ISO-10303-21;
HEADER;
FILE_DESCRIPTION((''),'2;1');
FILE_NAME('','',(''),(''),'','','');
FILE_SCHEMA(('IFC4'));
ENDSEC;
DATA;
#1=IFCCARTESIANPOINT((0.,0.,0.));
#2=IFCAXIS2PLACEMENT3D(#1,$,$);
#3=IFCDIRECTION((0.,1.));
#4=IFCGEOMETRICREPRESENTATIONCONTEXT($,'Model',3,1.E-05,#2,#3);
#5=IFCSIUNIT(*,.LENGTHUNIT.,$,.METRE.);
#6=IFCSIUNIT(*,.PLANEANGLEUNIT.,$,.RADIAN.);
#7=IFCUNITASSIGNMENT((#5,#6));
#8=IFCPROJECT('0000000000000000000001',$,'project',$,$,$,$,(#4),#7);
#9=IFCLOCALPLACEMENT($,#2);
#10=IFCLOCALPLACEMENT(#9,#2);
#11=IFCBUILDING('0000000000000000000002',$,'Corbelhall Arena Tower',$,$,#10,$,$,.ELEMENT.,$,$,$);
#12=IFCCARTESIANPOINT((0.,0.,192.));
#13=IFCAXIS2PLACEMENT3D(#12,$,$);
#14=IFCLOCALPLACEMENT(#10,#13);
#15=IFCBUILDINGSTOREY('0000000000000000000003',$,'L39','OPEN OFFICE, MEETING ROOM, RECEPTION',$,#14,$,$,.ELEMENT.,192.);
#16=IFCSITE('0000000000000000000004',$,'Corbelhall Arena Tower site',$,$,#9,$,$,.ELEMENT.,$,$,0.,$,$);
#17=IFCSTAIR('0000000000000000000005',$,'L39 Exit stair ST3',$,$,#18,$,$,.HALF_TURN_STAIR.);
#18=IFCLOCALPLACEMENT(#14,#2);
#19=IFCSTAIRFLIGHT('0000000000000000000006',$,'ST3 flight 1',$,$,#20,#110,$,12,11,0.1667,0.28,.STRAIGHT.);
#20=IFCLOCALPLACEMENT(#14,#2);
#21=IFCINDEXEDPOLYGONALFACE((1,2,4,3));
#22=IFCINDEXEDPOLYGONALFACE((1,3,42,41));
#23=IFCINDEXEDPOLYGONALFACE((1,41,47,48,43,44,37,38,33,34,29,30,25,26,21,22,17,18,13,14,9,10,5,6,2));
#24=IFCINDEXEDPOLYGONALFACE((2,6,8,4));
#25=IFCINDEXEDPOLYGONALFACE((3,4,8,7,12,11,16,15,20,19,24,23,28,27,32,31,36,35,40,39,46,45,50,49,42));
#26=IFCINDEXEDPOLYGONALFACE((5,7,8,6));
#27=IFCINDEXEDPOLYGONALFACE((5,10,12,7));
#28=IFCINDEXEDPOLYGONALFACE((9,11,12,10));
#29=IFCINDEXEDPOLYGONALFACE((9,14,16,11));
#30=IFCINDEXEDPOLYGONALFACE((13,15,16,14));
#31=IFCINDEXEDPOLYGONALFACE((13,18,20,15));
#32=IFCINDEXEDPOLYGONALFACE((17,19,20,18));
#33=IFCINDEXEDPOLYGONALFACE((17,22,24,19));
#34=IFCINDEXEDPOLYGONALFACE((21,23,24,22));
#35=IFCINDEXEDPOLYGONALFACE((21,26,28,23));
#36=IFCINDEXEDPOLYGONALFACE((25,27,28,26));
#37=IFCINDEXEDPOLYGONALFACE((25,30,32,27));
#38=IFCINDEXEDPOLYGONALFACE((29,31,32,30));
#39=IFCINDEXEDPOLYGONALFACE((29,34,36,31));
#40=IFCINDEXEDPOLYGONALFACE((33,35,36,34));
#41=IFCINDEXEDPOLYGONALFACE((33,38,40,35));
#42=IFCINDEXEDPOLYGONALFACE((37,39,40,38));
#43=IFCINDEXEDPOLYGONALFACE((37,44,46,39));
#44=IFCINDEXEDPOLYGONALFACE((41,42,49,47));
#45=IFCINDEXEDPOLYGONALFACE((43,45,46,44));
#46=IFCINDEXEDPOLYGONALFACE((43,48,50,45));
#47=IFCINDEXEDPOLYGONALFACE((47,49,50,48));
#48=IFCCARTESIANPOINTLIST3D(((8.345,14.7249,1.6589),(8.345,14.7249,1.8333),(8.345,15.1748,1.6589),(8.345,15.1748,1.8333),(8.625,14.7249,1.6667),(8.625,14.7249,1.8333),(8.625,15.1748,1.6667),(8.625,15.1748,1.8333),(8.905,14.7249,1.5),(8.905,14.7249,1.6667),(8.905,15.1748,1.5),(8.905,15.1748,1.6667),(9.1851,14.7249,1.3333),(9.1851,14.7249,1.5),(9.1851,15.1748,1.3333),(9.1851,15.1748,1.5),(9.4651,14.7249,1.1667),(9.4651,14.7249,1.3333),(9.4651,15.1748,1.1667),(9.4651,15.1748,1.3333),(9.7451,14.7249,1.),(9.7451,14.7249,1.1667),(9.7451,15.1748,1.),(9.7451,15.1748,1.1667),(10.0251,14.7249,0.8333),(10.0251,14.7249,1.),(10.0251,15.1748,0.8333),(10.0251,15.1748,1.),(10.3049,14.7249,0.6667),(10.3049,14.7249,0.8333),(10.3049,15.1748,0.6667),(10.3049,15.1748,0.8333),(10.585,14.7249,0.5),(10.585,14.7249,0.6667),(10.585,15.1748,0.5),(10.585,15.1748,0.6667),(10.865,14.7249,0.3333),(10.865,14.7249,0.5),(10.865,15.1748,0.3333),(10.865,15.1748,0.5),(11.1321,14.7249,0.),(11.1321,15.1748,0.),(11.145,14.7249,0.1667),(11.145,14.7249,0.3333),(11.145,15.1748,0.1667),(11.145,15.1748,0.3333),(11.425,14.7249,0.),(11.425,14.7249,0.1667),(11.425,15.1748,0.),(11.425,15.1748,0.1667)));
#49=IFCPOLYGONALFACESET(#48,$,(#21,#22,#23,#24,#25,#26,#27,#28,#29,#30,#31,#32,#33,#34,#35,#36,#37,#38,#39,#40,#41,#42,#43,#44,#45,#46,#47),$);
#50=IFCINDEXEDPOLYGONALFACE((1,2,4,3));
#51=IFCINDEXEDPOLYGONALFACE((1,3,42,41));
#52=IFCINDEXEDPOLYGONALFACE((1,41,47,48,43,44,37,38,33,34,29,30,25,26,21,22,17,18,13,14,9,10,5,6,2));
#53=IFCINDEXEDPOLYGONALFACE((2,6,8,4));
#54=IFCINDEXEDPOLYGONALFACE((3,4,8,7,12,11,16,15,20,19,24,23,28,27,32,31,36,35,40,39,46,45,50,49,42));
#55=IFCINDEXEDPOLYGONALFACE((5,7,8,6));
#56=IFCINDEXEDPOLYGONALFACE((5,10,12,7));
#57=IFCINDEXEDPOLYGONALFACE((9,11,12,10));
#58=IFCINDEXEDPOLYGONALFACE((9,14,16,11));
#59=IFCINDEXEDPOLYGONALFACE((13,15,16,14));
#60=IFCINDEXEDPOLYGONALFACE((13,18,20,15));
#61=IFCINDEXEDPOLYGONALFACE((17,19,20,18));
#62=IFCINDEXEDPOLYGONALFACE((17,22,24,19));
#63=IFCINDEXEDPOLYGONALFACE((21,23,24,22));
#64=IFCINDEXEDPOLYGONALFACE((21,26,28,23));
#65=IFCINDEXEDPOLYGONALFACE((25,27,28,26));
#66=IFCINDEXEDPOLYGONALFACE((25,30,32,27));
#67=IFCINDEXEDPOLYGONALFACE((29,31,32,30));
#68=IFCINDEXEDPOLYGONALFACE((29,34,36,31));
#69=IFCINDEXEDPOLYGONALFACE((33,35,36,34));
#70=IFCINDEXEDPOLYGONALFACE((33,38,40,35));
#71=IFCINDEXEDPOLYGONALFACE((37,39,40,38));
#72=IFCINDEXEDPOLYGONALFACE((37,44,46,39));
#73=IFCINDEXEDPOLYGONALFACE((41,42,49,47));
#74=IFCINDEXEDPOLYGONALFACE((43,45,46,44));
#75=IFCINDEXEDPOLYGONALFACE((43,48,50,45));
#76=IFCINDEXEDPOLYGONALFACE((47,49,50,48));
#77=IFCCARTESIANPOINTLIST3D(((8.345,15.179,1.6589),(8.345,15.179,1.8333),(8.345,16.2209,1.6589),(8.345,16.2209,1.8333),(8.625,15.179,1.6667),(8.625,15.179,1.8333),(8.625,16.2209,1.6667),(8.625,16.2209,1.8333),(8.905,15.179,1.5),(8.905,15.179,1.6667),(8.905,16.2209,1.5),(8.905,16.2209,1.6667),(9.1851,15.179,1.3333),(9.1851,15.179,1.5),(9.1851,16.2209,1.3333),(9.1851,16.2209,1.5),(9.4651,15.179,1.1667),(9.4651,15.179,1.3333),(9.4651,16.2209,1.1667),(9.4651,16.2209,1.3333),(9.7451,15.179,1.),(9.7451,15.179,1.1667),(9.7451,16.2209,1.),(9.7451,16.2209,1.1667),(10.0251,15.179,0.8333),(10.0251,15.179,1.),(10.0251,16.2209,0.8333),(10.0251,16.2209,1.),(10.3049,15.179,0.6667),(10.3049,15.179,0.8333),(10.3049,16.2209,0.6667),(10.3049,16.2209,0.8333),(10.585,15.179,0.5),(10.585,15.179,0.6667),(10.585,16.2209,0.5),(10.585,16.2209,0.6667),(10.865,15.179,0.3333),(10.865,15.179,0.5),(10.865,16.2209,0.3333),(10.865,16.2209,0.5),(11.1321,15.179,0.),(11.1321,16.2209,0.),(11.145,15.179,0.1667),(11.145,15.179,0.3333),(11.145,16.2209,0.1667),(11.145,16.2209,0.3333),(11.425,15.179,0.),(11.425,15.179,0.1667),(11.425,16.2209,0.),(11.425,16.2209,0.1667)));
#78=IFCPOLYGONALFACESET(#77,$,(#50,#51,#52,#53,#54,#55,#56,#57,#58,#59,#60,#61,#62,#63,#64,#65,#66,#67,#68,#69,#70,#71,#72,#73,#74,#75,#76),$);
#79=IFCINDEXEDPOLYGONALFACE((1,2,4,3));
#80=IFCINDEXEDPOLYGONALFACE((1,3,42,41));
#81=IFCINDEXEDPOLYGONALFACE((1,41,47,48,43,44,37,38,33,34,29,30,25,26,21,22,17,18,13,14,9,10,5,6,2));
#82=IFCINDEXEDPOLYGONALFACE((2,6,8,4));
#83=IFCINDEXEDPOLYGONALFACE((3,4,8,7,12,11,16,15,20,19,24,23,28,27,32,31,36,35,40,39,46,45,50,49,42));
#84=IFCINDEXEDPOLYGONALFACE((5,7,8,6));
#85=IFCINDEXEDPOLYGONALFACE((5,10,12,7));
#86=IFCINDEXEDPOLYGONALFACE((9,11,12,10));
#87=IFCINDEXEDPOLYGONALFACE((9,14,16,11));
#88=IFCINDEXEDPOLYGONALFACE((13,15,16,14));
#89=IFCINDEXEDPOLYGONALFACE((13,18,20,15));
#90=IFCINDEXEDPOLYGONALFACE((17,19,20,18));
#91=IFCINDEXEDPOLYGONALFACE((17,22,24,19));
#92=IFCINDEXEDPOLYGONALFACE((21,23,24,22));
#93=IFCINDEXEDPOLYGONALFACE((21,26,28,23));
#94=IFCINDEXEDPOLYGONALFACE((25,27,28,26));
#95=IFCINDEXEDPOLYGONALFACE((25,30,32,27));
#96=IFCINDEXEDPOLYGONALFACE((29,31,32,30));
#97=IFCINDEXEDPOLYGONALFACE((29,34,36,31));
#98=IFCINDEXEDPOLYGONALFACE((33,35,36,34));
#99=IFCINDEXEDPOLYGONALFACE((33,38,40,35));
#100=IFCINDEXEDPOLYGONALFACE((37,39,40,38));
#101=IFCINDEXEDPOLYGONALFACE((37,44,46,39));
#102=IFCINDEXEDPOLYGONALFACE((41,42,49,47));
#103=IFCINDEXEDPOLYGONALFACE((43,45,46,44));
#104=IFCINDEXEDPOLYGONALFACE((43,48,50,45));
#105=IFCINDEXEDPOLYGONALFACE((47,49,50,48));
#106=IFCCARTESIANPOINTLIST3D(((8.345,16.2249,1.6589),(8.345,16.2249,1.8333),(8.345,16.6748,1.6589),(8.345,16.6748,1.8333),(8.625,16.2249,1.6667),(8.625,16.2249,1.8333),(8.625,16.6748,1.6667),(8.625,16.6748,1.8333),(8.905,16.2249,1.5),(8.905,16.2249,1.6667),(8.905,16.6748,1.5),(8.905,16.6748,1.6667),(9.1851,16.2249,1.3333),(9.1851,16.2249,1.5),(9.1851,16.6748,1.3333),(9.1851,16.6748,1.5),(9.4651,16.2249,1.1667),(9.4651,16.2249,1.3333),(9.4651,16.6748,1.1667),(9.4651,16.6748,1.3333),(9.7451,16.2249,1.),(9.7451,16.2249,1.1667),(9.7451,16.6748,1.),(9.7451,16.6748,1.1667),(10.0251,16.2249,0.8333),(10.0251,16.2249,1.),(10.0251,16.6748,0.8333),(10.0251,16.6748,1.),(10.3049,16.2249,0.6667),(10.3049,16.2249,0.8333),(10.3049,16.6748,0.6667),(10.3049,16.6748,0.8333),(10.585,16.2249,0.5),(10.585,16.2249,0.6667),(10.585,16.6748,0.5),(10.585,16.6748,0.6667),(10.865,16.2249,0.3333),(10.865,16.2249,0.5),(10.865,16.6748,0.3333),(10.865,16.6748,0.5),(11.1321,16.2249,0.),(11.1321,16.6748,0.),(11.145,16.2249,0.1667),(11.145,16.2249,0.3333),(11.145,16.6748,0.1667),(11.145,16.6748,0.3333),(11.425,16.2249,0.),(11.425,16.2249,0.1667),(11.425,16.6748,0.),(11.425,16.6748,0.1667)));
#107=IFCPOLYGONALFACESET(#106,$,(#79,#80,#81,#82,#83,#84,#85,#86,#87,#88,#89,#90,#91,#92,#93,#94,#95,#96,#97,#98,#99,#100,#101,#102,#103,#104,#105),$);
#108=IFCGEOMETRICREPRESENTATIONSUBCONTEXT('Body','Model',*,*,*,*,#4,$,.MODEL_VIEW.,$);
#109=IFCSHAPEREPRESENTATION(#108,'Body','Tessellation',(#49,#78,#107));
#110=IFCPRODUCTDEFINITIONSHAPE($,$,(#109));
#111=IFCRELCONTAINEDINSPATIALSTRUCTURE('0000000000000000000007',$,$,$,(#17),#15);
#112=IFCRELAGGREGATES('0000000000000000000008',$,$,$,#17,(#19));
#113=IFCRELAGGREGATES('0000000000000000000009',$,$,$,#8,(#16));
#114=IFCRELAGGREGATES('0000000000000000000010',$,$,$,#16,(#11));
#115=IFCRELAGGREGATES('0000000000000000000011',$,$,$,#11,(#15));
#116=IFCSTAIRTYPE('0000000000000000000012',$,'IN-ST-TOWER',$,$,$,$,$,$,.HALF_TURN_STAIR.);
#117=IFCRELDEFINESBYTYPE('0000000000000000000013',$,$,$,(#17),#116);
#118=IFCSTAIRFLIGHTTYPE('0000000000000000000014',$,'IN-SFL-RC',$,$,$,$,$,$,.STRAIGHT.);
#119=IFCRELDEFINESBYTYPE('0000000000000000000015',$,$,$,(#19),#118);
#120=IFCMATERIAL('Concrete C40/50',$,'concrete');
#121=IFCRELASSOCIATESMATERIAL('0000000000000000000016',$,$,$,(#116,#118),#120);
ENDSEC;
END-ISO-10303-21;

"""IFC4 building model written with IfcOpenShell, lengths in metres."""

from ifc_helpers import new_model, si_unit, direction, frame, origin, place, context, subcontext, project, spatial, polyline, outline, extrude, material, type_object, element, aggregate, save


model = new_model("IFC4")

# Units and contexts
model_context = context("Model", 3, precision=1e-05, world=origin(), true_north=direction((0.0, 1.0)))
body_context = subcontext(model_context, "Body", "Model", "MODEL_VIEW")
ifc_project = project(units=[si_unit("LENGTHUNIT", "METRE"), si_unit("PLANEANGLEUNIT", "RADIAN")], contexts=[model_context])

# Site, building, storey
site_placement = place(None, origin())
site = spatial("IfcSite", under=ifc_project, at=site_placement, Name="Corbelhall Arena Tower site", CompositionType="ELEMENT", RefElevation=0.0)
building_placement = place(site_placement, origin())
building = spatial("IfcBuilding", under=site, at=building_placement, Name="Corbelhall Arena Tower", CompositionType="ELEMENT")
storey_placement = place(building_placement, frame((0.0, 0.0, 192.0)))
storey = spatial("IfcBuildingStorey", under=building, at=storey_placement, Name="L39", Description="OPEN OFFICE, MEETING ROOM, RECEPTION", CompositionType="ELEMENT", Elevation=192.0)

# Shared definitions
ifc_material_1 = material(Name="Concrete C40/50", Category="concrete")

# Stair, stair flight
stair_type = type_object("IfcStairType", Name="IN-ST-TOWER", PredefinedType="HALF_TURN_STAIR", material=ifc_material_1)
stair_placement = place(storey_placement, origin())
stair = element("IfcStair", 1, at=stair_placement, inside=storey, type_object=stair_type, Name="L39 Exit stair ST3", PredefinedType="HALF_TURN_STAIR")
stair_flight_type = type_object("IfcStairFlightType", Name="IN-SFL-RC", PredefinedType="STRAIGHT", material=ifc_material_1)
stair_flight_placement = place(storey_placement, frame((11.425, 15.7, 0.0), z_axis=(0.0, 0.0, 1.0), x_axis=(-1.0, 0.0, 0.0)))
stair_flight = element("IfcStairFlight", 2, at=stair_flight_placement, type_object=stair_flight_type, Name="ST3 flight 1", NumberOfRisers=12, NumberOfTreads=11, PredefinedType="STRAIGHT", RiserHeight=0.1667, TreadLength=0.28, context=body_context, shape_type="SweptSolid", body=[
    extrude(outline(polyline([(0.0, 0.0), (0.0, 0.1667), (0.28, 0.1667), (0.28, 0.3333), (0.5601, 0.3333), (0.5601, 0.5), (0.8401, 0.5), (0.8401, 0.6667), (1.1201, 0.6667), (1.1201, 0.8333), (1.3999, 0.8333), (1.3999, 1.0), (1.6799, 1.0), (1.6799, 1.1667), (1.96, 1.1667), (1.96, 1.3333), (2.24, 1.3333), (2.24, 1.5), (2.52, 1.5), (2.52, 1.6667), (2.8, 1.6667), (2.8, 1.8333), (3.0801, 1.8333), (3.0801, 2.0), (3.0801, 1.6589), (0.293, 0.0), (0.0, 0.0)])), frame((0.0, 0.9751, 0.0), z_axis=(0.0, -1.0, 0.0), x_axis=(1.0, 0.0, 0.0)), (0.0, 0.0, 1.0), 0.45),
    extrude(outline(polyline([(0.0, 0.0), (0.0, 0.1667), (0.28, 0.1667), (0.28, 0.3333), (0.5601, 0.3333), (0.5601, 0.5), (0.8401, 0.5), (0.8401, 0.6667), (1.1201, 0.6667), (1.1201, 0.8333), (1.3999, 0.8333), (1.3999, 1.0), (1.6799, 1.0), (1.6799, 1.1667), (1.96, 1.1667), (1.96, 1.3333), (2.24, 1.3333), (2.24, 1.5), (2.52, 1.5), (2.52, 1.6667), (2.8, 1.6667), (2.8, 1.8333), (3.0801, 1.8333), (3.0801, 2.0), (3.0801, 1.6589), (0.293, 0.0), (0.0, 0.0)])), frame((0.0, 0.521, 0.0), z_axis=(0.0, -1.0, 0.0), x_axis=(1.0, 0.0, 0.0)), (0.0, 0.0, 1.0), 1.042),
    extrude(outline(polyline([(0.0, 0.0), (0.0, 0.1667), (0.28, 0.1667), (0.28, 0.3333), (0.5601, 0.3333), (0.5601, 0.5), (0.8401, 0.5), (0.8401, 0.6667), (1.1201, 0.6667), (1.1201, 0.8333), (1.3999, 0.8333), (1.3999, 1.0), (1.6799, 1.0), (1.6799, 1.1667), (1.96, 1.1667), (1.96, 1.3333), (2.24, 1.3333), (2.24, 1.5), (2.52, 1.5), (2.52, 1.6667), (2.8, 1.6667), (2.8, 1.8333), (3.0801, 1.8333), (3.0801, 2.0), (3.0801, 1.6589), (0.293, 0.0), (0.0, 0.0)])), frame((0.0, -0.5249, 0.0), z_axis=(0.0, -1.0, 0.0), x_axis=(1.0, 0.0, 0.0)), (0.0, 0.0, 1.0), 0.45),
])
aggregate(stair, [stair_flight])

save(model, "model.ifc")
